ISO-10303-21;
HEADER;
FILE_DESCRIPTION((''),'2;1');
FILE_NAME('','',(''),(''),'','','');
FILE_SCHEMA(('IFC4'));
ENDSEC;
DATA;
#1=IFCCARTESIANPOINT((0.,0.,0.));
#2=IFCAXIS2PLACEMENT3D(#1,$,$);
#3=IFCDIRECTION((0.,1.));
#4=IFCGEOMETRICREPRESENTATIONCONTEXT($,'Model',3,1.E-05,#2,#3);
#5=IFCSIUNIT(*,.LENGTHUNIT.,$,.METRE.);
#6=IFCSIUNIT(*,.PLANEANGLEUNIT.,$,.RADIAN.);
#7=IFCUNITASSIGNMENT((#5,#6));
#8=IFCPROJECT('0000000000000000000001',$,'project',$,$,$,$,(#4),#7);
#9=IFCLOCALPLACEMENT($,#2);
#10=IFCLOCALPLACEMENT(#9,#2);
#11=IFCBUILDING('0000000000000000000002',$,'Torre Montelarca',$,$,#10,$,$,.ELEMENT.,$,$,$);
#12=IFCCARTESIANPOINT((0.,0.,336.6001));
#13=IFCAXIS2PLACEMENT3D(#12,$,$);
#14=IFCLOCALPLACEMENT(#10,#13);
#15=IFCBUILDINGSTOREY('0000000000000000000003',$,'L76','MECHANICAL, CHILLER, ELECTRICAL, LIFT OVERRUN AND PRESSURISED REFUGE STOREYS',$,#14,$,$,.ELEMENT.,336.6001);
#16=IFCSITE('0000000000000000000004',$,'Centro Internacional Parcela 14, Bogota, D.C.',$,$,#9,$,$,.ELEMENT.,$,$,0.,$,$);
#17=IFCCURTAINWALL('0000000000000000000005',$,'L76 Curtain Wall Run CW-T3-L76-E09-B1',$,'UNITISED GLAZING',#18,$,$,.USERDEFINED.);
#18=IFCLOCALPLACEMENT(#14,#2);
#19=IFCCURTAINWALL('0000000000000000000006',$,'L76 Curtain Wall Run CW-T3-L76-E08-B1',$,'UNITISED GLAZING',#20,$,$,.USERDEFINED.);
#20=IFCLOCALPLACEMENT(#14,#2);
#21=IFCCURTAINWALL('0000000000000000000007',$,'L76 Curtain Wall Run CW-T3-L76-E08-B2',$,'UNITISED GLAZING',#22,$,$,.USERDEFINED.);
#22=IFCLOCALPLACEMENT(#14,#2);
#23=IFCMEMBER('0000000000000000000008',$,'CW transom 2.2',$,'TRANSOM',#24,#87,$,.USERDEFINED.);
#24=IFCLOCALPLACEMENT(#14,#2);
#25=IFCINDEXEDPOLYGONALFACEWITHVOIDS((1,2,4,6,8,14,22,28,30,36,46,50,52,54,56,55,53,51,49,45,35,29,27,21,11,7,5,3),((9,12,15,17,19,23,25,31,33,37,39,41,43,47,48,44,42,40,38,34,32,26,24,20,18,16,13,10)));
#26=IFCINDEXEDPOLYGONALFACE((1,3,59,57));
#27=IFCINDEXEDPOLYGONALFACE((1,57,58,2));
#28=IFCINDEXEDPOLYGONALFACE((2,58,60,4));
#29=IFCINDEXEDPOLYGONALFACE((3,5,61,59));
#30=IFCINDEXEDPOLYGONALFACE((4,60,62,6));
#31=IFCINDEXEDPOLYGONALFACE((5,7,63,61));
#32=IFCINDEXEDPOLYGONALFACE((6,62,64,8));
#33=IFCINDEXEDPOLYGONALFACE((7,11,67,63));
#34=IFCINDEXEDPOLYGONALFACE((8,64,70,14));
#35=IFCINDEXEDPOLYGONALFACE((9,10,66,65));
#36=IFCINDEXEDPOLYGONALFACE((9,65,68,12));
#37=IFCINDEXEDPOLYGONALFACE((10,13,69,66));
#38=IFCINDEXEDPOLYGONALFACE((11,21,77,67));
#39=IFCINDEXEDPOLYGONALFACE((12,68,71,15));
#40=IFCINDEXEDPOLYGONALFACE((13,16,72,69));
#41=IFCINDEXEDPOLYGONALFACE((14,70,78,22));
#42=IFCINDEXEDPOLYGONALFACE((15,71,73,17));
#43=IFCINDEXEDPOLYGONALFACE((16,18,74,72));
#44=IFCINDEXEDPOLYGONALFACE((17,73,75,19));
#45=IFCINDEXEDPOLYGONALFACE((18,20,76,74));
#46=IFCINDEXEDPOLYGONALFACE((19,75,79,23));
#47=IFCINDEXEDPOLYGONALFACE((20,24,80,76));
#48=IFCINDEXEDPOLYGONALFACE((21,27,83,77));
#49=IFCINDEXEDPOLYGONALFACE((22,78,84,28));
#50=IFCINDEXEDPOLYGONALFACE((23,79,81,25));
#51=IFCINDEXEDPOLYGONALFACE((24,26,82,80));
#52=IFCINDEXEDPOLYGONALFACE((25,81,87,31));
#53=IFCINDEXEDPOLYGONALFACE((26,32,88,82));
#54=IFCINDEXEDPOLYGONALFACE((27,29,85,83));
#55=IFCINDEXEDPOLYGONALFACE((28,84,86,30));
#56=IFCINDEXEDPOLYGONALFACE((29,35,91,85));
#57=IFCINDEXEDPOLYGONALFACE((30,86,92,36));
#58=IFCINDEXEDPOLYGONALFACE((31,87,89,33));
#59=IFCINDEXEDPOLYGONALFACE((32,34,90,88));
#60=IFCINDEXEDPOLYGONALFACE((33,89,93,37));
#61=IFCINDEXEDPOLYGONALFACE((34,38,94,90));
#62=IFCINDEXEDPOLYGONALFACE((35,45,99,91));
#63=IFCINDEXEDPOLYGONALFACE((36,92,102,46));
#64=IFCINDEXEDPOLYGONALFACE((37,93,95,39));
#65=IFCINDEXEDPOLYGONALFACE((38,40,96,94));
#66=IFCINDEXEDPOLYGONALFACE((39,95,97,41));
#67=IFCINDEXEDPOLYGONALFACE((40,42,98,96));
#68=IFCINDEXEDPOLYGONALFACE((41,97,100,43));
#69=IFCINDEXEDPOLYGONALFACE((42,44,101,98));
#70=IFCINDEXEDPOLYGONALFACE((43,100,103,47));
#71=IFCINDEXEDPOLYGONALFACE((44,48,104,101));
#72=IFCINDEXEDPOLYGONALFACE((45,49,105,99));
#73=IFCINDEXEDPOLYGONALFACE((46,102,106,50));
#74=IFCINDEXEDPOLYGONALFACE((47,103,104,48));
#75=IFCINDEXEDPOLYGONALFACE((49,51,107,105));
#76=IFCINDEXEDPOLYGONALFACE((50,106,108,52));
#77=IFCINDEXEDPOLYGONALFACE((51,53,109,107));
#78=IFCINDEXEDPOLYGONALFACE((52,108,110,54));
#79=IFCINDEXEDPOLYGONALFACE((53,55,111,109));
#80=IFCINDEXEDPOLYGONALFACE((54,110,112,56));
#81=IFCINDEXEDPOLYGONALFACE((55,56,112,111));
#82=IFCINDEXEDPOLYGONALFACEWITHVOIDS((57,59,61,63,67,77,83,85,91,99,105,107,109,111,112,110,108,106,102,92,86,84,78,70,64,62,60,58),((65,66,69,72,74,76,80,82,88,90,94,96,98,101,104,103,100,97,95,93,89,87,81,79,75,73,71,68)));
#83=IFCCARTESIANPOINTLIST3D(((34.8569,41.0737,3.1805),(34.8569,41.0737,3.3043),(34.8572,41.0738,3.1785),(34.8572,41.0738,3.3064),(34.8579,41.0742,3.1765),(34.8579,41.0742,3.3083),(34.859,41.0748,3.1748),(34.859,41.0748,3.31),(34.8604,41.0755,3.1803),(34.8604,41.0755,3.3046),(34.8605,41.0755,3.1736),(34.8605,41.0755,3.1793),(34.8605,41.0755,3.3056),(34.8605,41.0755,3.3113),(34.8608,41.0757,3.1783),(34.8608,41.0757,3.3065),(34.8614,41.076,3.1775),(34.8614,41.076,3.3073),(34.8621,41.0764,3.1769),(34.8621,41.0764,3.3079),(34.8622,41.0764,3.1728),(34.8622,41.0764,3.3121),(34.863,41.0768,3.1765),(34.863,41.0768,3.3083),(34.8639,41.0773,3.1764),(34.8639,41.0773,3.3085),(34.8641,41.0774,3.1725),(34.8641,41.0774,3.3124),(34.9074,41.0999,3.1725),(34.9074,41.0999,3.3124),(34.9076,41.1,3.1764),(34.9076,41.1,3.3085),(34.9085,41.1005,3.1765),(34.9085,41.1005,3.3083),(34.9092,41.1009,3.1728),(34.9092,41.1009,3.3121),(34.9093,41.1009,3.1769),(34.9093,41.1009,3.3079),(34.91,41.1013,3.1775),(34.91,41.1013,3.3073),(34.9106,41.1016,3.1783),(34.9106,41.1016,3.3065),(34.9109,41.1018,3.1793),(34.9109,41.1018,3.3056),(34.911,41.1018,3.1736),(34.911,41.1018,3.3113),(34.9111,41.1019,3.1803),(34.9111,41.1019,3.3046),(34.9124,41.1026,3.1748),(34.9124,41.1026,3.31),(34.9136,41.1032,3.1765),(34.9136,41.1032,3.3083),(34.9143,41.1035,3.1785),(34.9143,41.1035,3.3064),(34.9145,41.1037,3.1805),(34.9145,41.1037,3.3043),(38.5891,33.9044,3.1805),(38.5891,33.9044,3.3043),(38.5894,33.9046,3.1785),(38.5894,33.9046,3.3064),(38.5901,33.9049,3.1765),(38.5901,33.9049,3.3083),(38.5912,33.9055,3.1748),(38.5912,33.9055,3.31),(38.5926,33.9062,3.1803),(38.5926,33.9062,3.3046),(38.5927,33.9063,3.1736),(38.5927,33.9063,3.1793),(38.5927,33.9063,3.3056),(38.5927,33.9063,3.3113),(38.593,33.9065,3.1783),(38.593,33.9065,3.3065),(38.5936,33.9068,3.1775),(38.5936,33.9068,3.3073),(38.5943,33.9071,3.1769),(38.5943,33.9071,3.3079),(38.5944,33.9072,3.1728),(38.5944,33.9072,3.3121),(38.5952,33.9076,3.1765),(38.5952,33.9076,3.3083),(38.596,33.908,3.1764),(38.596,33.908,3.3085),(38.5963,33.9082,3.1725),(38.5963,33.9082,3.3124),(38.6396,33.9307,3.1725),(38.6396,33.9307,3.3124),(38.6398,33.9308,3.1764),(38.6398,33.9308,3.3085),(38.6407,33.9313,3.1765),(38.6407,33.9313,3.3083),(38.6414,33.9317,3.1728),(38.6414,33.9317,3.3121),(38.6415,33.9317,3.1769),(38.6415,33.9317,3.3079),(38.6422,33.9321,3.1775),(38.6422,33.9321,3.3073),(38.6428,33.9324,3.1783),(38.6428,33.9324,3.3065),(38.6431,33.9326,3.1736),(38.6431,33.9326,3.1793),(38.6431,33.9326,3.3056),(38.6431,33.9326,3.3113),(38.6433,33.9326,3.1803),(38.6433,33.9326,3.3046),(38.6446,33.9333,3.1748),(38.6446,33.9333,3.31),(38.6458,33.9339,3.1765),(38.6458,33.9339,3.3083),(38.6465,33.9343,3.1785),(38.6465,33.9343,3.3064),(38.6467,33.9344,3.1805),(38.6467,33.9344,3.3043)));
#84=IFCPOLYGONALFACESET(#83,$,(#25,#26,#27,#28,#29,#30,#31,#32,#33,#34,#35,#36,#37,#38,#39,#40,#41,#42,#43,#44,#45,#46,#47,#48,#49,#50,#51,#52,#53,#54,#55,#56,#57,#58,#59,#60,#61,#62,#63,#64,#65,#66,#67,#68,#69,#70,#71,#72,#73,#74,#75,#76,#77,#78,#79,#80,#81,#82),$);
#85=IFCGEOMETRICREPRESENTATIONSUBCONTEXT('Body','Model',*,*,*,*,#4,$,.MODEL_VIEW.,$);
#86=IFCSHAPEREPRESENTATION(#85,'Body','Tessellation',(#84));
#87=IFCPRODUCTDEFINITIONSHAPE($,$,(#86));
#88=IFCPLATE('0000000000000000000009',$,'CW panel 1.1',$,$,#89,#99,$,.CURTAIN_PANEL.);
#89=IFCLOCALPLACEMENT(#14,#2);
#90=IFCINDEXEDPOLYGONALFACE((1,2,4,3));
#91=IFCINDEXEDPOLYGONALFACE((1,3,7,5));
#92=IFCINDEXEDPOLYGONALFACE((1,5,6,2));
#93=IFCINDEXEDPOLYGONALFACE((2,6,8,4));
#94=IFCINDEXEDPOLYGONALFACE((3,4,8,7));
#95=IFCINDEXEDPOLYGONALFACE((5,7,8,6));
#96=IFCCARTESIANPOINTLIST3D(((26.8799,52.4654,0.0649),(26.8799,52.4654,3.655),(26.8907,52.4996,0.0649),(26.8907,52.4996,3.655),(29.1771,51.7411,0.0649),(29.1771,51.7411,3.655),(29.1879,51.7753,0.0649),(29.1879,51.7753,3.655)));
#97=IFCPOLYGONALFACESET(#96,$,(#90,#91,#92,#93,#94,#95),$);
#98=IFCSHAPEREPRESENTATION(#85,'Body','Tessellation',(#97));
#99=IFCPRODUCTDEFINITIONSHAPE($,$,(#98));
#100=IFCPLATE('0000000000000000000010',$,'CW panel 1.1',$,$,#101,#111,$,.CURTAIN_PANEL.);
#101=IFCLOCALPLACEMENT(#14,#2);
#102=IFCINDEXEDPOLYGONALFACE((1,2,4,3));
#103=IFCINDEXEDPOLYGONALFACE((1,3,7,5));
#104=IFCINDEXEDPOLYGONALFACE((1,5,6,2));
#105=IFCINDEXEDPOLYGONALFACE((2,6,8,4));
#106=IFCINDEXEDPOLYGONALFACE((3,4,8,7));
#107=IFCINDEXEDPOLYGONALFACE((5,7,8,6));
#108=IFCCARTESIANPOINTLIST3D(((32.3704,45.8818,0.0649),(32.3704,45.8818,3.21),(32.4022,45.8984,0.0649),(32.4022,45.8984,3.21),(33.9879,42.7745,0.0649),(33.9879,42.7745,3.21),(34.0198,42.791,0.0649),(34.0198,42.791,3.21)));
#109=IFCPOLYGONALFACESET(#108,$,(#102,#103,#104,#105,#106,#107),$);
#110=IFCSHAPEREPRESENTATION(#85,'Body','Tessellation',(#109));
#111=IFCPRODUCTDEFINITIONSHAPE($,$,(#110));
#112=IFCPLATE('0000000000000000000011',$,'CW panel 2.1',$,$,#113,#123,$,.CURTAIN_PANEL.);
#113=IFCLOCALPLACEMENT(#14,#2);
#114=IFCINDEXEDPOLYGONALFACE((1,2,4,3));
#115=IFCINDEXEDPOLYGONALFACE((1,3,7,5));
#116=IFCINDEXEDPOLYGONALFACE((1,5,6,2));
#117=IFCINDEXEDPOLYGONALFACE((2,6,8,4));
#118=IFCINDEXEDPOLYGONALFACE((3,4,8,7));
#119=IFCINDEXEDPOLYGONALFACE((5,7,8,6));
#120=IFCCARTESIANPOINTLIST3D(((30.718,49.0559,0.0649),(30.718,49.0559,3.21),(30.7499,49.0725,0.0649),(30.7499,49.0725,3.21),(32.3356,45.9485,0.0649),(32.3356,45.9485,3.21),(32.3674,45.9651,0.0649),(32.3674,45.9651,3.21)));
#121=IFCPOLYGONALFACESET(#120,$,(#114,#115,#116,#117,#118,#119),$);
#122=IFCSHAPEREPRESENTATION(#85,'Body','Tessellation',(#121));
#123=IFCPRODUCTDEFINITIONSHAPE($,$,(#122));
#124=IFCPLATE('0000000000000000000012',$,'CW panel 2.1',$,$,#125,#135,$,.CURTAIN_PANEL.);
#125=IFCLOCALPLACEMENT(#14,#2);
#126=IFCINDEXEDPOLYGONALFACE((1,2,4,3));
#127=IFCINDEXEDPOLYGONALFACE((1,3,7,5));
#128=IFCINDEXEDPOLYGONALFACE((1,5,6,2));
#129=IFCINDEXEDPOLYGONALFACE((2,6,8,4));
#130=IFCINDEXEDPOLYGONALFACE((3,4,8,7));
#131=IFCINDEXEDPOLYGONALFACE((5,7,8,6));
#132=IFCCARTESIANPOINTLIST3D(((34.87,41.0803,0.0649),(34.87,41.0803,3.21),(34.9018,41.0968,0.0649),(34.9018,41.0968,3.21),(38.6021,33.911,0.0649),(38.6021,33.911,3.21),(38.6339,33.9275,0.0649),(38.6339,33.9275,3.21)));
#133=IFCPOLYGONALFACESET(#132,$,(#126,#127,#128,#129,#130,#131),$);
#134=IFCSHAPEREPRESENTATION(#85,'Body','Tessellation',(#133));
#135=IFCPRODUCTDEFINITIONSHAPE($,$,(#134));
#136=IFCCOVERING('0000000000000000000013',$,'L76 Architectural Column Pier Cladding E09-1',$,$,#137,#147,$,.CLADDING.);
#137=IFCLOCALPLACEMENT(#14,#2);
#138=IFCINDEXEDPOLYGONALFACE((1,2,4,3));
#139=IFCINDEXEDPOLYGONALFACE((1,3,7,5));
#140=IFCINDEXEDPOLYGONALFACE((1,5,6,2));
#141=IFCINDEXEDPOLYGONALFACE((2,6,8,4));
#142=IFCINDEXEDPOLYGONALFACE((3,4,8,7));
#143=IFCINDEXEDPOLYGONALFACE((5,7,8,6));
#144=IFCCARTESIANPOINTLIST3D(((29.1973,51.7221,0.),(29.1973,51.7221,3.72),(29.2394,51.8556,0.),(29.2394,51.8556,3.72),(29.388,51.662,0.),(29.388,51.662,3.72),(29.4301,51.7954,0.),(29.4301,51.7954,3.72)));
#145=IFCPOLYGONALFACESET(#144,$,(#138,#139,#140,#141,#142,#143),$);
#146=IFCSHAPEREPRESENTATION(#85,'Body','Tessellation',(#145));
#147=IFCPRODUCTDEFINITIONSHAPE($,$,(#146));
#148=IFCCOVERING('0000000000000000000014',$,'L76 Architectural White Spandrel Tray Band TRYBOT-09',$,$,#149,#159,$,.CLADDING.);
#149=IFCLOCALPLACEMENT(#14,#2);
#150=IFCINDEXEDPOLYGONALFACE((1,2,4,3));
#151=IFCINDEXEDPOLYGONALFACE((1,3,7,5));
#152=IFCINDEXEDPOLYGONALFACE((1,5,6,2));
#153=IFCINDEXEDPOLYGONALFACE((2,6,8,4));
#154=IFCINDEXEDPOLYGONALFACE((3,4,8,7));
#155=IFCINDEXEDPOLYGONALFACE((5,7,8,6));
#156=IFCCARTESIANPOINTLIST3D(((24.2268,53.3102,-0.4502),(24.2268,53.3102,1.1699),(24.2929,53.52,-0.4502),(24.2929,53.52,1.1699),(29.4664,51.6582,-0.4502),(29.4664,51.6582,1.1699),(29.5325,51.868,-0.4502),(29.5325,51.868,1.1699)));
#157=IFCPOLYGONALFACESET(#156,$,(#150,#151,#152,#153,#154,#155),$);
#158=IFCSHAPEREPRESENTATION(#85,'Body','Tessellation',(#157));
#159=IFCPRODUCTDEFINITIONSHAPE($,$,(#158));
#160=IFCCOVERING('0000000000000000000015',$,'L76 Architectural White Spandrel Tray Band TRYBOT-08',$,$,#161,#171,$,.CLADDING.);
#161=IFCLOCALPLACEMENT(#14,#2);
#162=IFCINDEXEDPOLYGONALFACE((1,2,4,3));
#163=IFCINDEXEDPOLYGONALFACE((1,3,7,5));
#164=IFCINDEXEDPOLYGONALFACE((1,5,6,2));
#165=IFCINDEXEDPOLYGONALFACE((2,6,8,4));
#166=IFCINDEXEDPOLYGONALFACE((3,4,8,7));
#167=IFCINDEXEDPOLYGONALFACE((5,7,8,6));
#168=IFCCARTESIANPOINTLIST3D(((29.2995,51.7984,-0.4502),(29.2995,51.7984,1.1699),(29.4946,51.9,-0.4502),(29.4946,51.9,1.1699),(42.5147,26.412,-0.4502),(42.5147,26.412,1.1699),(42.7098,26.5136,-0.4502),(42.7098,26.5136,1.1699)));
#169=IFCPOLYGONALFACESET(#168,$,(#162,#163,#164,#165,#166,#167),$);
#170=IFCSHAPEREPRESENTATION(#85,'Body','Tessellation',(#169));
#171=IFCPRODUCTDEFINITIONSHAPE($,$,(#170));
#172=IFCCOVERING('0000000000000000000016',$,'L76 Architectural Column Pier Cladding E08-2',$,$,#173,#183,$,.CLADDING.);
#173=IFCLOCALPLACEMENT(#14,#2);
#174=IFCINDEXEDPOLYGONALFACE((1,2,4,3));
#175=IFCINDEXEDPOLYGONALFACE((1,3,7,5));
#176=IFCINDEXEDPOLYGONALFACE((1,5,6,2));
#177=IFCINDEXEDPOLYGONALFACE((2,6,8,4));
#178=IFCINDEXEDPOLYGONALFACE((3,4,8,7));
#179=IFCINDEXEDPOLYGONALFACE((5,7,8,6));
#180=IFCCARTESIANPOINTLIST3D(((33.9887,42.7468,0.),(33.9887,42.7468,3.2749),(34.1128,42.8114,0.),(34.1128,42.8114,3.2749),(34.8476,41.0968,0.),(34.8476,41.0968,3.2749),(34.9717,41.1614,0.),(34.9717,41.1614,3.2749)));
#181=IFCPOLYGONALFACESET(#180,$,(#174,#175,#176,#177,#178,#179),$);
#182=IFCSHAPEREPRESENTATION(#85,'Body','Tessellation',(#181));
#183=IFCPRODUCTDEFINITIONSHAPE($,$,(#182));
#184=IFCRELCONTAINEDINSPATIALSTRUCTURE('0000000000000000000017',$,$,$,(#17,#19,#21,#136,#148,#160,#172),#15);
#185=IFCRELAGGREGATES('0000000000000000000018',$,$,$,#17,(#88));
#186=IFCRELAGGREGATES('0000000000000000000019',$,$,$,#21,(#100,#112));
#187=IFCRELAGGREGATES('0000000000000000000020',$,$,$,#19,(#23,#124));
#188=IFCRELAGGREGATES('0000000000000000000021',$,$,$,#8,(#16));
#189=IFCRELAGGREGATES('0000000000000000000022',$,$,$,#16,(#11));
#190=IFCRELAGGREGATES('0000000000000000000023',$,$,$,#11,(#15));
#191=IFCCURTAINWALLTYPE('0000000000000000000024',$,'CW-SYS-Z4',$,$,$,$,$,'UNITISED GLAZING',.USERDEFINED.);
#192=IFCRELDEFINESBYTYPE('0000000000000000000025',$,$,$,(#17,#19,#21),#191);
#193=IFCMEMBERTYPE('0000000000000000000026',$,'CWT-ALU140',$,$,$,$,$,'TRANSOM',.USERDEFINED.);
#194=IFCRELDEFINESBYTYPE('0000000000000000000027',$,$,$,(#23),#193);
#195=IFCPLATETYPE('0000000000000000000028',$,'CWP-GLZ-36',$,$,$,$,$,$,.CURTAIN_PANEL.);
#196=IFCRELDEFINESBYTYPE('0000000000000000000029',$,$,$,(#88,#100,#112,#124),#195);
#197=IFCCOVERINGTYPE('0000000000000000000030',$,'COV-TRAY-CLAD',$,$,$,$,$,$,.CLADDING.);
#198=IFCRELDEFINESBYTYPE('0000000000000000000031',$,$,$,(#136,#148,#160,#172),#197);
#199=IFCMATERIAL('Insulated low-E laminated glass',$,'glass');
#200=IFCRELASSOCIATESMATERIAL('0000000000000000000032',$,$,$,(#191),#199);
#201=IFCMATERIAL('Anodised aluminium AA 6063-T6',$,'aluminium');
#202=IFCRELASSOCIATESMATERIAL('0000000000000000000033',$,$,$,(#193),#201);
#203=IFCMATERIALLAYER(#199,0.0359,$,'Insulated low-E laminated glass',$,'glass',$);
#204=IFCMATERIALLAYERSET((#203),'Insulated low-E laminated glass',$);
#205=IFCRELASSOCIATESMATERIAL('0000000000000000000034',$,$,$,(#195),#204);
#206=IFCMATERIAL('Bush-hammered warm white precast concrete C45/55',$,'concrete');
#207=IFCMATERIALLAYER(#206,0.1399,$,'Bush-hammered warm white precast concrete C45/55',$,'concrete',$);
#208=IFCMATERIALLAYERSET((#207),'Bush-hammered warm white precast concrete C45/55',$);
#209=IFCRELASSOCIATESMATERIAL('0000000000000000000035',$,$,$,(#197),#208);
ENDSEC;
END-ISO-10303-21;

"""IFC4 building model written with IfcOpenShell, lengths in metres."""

from ifc_helpers import new_model, si_unit, direction, frame, origin, origin_2d, place, context, subcontext, project, spatial, rectangle, hollow_rectangle, extrude, source, transform, mapped, material, layer, layer_set, material_profile, profile_set, type_object, element, aggregate, save


model = new_model("IFC4")

# Units and contexts
model_context = context("Model", 3, precision=1e-05, world=origin(), true_north=direction((0.0, 1.0)))
body_context = subcontext(model_context, "Body", "Model", "MODEL_VIEW")
ifc_project = project(units=[si_unit("LENGTHUNIT", "METRE"), si_unit("PLANEANGLEUNIT", "RADIAN")], contexts=[model_context])

# Site, building, storey
site_placement = place(None, origin())
site = spatial("IfcSite", under=ifc_project, at=site_placement, Name="Centro Internacional Parcela 14, Bogota, D.C.", CompositionType="ELEMENT", RefElevation=0.0)
building_placement = place(site_placement, origin())
building = spatial("IfcBuilding", under=site, at=building_placement, Name="Torre Montelarca", CompositionType="ELEMENT")
storey_placement = place(building_placement, frame((0.0, 0.0, 336.6001)))
storey = spatial("IfcBuildingStorey", under=building, at=storey_placement, Name="L76", Description="MECHANICAL, CHILLER, ELECTRICAL, LIFT OVERRUN AND PRESSURISED REFUGE STOREYS", CompositionType="ELEMENT", Elevation=336.6001)

# Curtain walls
ifc_material_1 = material(Name="Insulated low-E laminated glass", Category="glass")
curtain_wall_type = type_object("IfcCurtainWallType", Name="CW-SYS-Z4", ElementType="UNITISED GLAZING", PredefinedType="USERDEFINED", material=ifc_material_1)
curtain_wall_1_placement = place(storey_placement, origin())
curtain_wall_1 = element("IfcCurtainWall", 1, at=curtain_wall_1_placement, inside=storey, type_object=curtain_wall_type, Name="L76 Curtain Wall Run CW-T3-L76-E09-B1", ObjectType="UNITISED GLAZING", PredefinedType="USERDEFINED")
ifc_material_2 = material(Name="Anodised aluminium AA 6063-T6", Category="aluminium")
ifc_material_profile_1 = material_profile(ifc_material_2, hollow_rectangle(XDim=0.0649, YDim=0.1399, WallThickness=0.0039, InnerFilletRadius=0.0039, OuterFilletRadius=0.0081, at=origin_2d()), Name="ALU65X140X4", Category="aluminium")
ifc_profile_set_1 = profile_set([ifc_material_profile_1], Name="Anodised aluminium AA 6063-T6")
member_type_1 = type_object("IfcMemberType", Name="CWT-ALU140", ElementType="TRANSOM", PredefinedType="USERDEFINED", material=ifc_profile_set_1)
curtain_wall_2_placement = place(storey_placement, origin())
curtain_wall_2 = element("IfcCurtainWall", 2, at=curtain_wall_2_placement, inside=storey, type_object=curtain_wall_type, Name="L76 Curtain Wall Run CW-T3-L76-E08-B1", ObjectType="UNITISED GLAZING", PredefinedType="USERDEFINED")
curtain_wall_3_placement = place(storey_placement, origin())
curtain_wall_3 = element("IfcCurtainWall", 3, at=curtain_wall_3_placement, inside=storey, type_object=curtain_wall_type, Name="L76 Curtain Wall Run CW-T3-L76-E08-B2", ObjectType="UNITISED GLAZING", PredefinedType="USERDEFINED")

# Member
shared_shape_1 = source(origin(), body_context, "Body", "SweptSolid", [
    extrude(hollow_rectangle(XDim=0.0649, YDim=0.1399, WallThickness=0.0039, InnerFilletRadius=0.0039, OuterFilletRadius=0.0081, at=origin_2d()), origin(), (0.0, 0.0, 1.0), 8.0825),
])
member_1_placement = place(storey_placement, frame((38.6179, 33.9194, 3.2424), z_axis=(-0.461762, 0.887004, 0.0), x_axis=(-0.887004, -0.461762, 0.0)))
member_1 = element("IfcMember", 4, at=member_1_placement, type_object=member_type_1, Name="CW transom 2.2", ObjectType="TRANSOM", PredefinedType="USERDEFINED", context=body_context, shape_type="MappedRepresentation", body=[
    mapped(shared_shape_1, transform((0.0, 0.0, 0.0), scale=1.0)),
])

# Plates
ifc_layer_1 = layer(ifc_material_1, 0.0359, Name="Insulated low-E laminated glass", Category="glass")
ifc_layer_set_1 = layer_set([ifc_layer_1], Name="Insulated low-E laminated glass")
plate_type = type_object("IfcPlateType", Name="CWP-GLZ-36", PredefinedType="CURTAIN_PANEL", material=ifc_layer_set_1)
shared_shape_2 = source(origin(), body_context, "Body", "SweptSolid", [
    extrude(rectangle(XDim=2.4087, YDim=0.0359, at=origin_2d()), origin(), (0.0, 0.0, 1.0), 3.5901),
])
plate_1_placement = place(storey_placement, frame((28.0339, 52.1204, 0.0649), z_axis=(0.0, 0.0, 1.0), x_axis=(-0.953721, 0.300693, 0.0)))
plate_1 = element("IfcPlate", 5, at=plate_1_placement, type_object=plate_type, Name="CW panel 1.1", PredefinedType="CURTAIN_PANEL", context=body_context, shape_type="MappedRepresentation", body=[
    mapped(shared_shape_2, transform((0.0, 0.0, 0.0), scale=1.0)),
])
aggregate(curtain_wall_1, [plate_1])
shared_shape_3 = source(origin(), body_context, "Body", "SweptSolid", [
    extrude(rectangle(XDim=3.5032, YDim=0.0359, at=origin_2d()), origin(), (0.0, 0.0, 1.0), 3.145),
])
plate_2_placement = place(storey_placement, frame((33.1951, 44.3364, 0.0649), z_axis=(0.0, 0.0, 1.0), x_axis=(-0.461746, 0.887012, 0.0)))
plate_2 = element("IfcPlate", 6, at=plate_2_placement, type_object=plate_type, Name="CW panel 1.1", PredefinedType="CURTAIN_PANEL", context=body_context, shape_type="MappedRepresentation", body=[
    mapped(shared_shape_3, transform((0.0, 0.0, 0.0), scale=1.0)),
])
plate_3_placement = place(storey_placement, frame((31.5427, 47.5105, 0.0649), z_axis=(0.0, 0.0, 1.0), x_axis=(-0.461746, 0.887012, 0.0)))
plate_3 = element("IfcPlate", 7, at=plate_3_placement, type_object=plate_type, Name="CW panel 2.1", PredefinedType="CURTAIN_PANEL", context=body_context, shape_type="MappedRepresentation", body=[
    mapped(shared_shape_3, transform((0.0, 0.0, 0.0), scale=1.0)),
])
aggregate(curtain_wall_3, [plate_2, plate_3])
shared_shape_4 = source(origin(), body_context, "Body", "SweptSolid", [
    extrude(rectangle(XDim=8.0825, YDim=0.0359, at=origin_2d()), origin(), (0.0, 0.0, 1.0), 3.145),
])
plate_4_placement = place(storey_placement, frame((36.752, 37.5039, 0.0649), z_axis=(0.0, 0.0, 1.0), x_axis=(-0.461746, 0.887012, 0.0)))
plate_4 = element("IfcPlate", 8, at=plate_4_placement, type_object=plate_type, Name="CW panel 2.1", PredefinedType="CURTAIN_PANEL", context=body_context, shape_type="MappedRepresentation", body=[
    mapped(shared_shape_4, transform((0.0, 0.0, 0.0), scale=1.0)),
])
aggregate(curtain_wall_2, [member_1, plate_4])

# Coverings
ifc_material_3 = material(Name="Bush-hammered warm white precast concrete C45/55", Category="concrete")
ifc_layer_2 = layer(ifc_material_3, 0.1399, Name="Bush-hammered warm white precast concrete C45/55", Category="concrete")
ifc_layer_set_2 = layer_set([ifc_layer_2], Name="Bush-hammered warm white precast concrete C45/55")
covering_type = type_object("IfcCoveringType", Name="COV-TRAY-CLAD", PredefinedType="CLADDING", material=ifc_layer_set_2)
shared_shape_5 = source(origin(), body_context, "Body", "SweptSolid", [
    extrude(rectangle(XDim=0.2, YDim=0.1399, at=origin_2d()), origin(), (0.0, 0.0, 1.0), 3.72),
])
covering_1_placement = place(storey_placement, frame((29.3137, 51.7588, 0.0), z_axis=(0.0, 0.0, 1.0), x_axis=(-0.953719, 0.300701, 0.0)))
element("IfcCovering", 9, at=covering_1_placement, inside=storey, type_object=covering_type, Name="L76 Architectural Column Pier Cladding E09-1", PredefinedType="CLADDING", context=body_context, shape_type="MappedRepresentation", body=[
    mapped(shared_shape_5, transform((0.0, 0.0, 0.0), scale=1.0)),
])
shared_shape_6 = source(origin(), body_context, "Body", "SweptSolid", [
    extrude(rectangle(XDim=5.4939, YDim=0.22, at=origin_2d()), origin(), (0.0, 0.0, 1.0), 1.6201),
])
covering_2_placement = place(storey_placement, frame((26.8796, 52.5891, -0.4502), z_axis=(0.0, 0.0, 1.0), x_axis=(-0.953717, 0.300706, 0.0)))
element("IfcCovering", 10, at=covering_2_placement, inside=storey, type_object=covering_type, Name="L76 Architectural White Spandrel Tray Band TRYBOT-09", PredefinedType="CLADDING", context=body_context, shape_type="MappedRepresentation", body=[
    mapped(shared_shape_6, transform((0.0, 0.0, 0.0), scale=1.0)),
])
shared_shape_7 = source(origin(), body_context, "Body", "SweptSolid", [
    extrude(rectangle(XDim=28.6201, YDim=0.22, at=origin_2d()), origin(), (0.0, 0.0, 1.0), 1.6201),
])
covering_3_placement = place(storey_placement, frame((36.0046, 39.156, -0.4502), z_axis=(0.0, 0.0, 1.0), x_axis=(-0.461747, 0.887012, 0.0)))
element("IfcCovering", 11, at=covering_3_placement, inside=storey, type_object=covering_type, Name="L76 Architectural White Spandrel Tray Band TRYBOT-08", PredefinedType="CLADDING", context=body_context, shape_type="MappedRepresentation", body=[
    mapped(shared_shape_7, transform((0.0, 0.0, 0.0), scale=1.0)),
])
shared_shape_8 = source(origin(), body_context, "Body", "SweptSolid", [
    extrude(rectangle(XDim=1.8601, YDim=0.1399, at=origin_2d()), origin(), (0.0, 0.0, 1.0), 3.2749),
])
covering_4_placement = place(storey_placement, frame((34.4802, 41.9541, 0.0), z_axis=(0.0, 0.0, 1.0), x_axis=(-0.461747, 0.887012, 0.0)))
element("IfcCovering", 12, at=covering_4_placement, inside=storey, type_object=covering_type, Name="L76 Architectural Column Pier Cladding E08-2", PredefinedType="CLADDING", context=body_context, shape_type="MappedRepresentation", body=[
    mapped(shared_shape_8, transform((0.0, 0.0, 0.0), scale=1.0)),
])

save(model, "model.ifc")
